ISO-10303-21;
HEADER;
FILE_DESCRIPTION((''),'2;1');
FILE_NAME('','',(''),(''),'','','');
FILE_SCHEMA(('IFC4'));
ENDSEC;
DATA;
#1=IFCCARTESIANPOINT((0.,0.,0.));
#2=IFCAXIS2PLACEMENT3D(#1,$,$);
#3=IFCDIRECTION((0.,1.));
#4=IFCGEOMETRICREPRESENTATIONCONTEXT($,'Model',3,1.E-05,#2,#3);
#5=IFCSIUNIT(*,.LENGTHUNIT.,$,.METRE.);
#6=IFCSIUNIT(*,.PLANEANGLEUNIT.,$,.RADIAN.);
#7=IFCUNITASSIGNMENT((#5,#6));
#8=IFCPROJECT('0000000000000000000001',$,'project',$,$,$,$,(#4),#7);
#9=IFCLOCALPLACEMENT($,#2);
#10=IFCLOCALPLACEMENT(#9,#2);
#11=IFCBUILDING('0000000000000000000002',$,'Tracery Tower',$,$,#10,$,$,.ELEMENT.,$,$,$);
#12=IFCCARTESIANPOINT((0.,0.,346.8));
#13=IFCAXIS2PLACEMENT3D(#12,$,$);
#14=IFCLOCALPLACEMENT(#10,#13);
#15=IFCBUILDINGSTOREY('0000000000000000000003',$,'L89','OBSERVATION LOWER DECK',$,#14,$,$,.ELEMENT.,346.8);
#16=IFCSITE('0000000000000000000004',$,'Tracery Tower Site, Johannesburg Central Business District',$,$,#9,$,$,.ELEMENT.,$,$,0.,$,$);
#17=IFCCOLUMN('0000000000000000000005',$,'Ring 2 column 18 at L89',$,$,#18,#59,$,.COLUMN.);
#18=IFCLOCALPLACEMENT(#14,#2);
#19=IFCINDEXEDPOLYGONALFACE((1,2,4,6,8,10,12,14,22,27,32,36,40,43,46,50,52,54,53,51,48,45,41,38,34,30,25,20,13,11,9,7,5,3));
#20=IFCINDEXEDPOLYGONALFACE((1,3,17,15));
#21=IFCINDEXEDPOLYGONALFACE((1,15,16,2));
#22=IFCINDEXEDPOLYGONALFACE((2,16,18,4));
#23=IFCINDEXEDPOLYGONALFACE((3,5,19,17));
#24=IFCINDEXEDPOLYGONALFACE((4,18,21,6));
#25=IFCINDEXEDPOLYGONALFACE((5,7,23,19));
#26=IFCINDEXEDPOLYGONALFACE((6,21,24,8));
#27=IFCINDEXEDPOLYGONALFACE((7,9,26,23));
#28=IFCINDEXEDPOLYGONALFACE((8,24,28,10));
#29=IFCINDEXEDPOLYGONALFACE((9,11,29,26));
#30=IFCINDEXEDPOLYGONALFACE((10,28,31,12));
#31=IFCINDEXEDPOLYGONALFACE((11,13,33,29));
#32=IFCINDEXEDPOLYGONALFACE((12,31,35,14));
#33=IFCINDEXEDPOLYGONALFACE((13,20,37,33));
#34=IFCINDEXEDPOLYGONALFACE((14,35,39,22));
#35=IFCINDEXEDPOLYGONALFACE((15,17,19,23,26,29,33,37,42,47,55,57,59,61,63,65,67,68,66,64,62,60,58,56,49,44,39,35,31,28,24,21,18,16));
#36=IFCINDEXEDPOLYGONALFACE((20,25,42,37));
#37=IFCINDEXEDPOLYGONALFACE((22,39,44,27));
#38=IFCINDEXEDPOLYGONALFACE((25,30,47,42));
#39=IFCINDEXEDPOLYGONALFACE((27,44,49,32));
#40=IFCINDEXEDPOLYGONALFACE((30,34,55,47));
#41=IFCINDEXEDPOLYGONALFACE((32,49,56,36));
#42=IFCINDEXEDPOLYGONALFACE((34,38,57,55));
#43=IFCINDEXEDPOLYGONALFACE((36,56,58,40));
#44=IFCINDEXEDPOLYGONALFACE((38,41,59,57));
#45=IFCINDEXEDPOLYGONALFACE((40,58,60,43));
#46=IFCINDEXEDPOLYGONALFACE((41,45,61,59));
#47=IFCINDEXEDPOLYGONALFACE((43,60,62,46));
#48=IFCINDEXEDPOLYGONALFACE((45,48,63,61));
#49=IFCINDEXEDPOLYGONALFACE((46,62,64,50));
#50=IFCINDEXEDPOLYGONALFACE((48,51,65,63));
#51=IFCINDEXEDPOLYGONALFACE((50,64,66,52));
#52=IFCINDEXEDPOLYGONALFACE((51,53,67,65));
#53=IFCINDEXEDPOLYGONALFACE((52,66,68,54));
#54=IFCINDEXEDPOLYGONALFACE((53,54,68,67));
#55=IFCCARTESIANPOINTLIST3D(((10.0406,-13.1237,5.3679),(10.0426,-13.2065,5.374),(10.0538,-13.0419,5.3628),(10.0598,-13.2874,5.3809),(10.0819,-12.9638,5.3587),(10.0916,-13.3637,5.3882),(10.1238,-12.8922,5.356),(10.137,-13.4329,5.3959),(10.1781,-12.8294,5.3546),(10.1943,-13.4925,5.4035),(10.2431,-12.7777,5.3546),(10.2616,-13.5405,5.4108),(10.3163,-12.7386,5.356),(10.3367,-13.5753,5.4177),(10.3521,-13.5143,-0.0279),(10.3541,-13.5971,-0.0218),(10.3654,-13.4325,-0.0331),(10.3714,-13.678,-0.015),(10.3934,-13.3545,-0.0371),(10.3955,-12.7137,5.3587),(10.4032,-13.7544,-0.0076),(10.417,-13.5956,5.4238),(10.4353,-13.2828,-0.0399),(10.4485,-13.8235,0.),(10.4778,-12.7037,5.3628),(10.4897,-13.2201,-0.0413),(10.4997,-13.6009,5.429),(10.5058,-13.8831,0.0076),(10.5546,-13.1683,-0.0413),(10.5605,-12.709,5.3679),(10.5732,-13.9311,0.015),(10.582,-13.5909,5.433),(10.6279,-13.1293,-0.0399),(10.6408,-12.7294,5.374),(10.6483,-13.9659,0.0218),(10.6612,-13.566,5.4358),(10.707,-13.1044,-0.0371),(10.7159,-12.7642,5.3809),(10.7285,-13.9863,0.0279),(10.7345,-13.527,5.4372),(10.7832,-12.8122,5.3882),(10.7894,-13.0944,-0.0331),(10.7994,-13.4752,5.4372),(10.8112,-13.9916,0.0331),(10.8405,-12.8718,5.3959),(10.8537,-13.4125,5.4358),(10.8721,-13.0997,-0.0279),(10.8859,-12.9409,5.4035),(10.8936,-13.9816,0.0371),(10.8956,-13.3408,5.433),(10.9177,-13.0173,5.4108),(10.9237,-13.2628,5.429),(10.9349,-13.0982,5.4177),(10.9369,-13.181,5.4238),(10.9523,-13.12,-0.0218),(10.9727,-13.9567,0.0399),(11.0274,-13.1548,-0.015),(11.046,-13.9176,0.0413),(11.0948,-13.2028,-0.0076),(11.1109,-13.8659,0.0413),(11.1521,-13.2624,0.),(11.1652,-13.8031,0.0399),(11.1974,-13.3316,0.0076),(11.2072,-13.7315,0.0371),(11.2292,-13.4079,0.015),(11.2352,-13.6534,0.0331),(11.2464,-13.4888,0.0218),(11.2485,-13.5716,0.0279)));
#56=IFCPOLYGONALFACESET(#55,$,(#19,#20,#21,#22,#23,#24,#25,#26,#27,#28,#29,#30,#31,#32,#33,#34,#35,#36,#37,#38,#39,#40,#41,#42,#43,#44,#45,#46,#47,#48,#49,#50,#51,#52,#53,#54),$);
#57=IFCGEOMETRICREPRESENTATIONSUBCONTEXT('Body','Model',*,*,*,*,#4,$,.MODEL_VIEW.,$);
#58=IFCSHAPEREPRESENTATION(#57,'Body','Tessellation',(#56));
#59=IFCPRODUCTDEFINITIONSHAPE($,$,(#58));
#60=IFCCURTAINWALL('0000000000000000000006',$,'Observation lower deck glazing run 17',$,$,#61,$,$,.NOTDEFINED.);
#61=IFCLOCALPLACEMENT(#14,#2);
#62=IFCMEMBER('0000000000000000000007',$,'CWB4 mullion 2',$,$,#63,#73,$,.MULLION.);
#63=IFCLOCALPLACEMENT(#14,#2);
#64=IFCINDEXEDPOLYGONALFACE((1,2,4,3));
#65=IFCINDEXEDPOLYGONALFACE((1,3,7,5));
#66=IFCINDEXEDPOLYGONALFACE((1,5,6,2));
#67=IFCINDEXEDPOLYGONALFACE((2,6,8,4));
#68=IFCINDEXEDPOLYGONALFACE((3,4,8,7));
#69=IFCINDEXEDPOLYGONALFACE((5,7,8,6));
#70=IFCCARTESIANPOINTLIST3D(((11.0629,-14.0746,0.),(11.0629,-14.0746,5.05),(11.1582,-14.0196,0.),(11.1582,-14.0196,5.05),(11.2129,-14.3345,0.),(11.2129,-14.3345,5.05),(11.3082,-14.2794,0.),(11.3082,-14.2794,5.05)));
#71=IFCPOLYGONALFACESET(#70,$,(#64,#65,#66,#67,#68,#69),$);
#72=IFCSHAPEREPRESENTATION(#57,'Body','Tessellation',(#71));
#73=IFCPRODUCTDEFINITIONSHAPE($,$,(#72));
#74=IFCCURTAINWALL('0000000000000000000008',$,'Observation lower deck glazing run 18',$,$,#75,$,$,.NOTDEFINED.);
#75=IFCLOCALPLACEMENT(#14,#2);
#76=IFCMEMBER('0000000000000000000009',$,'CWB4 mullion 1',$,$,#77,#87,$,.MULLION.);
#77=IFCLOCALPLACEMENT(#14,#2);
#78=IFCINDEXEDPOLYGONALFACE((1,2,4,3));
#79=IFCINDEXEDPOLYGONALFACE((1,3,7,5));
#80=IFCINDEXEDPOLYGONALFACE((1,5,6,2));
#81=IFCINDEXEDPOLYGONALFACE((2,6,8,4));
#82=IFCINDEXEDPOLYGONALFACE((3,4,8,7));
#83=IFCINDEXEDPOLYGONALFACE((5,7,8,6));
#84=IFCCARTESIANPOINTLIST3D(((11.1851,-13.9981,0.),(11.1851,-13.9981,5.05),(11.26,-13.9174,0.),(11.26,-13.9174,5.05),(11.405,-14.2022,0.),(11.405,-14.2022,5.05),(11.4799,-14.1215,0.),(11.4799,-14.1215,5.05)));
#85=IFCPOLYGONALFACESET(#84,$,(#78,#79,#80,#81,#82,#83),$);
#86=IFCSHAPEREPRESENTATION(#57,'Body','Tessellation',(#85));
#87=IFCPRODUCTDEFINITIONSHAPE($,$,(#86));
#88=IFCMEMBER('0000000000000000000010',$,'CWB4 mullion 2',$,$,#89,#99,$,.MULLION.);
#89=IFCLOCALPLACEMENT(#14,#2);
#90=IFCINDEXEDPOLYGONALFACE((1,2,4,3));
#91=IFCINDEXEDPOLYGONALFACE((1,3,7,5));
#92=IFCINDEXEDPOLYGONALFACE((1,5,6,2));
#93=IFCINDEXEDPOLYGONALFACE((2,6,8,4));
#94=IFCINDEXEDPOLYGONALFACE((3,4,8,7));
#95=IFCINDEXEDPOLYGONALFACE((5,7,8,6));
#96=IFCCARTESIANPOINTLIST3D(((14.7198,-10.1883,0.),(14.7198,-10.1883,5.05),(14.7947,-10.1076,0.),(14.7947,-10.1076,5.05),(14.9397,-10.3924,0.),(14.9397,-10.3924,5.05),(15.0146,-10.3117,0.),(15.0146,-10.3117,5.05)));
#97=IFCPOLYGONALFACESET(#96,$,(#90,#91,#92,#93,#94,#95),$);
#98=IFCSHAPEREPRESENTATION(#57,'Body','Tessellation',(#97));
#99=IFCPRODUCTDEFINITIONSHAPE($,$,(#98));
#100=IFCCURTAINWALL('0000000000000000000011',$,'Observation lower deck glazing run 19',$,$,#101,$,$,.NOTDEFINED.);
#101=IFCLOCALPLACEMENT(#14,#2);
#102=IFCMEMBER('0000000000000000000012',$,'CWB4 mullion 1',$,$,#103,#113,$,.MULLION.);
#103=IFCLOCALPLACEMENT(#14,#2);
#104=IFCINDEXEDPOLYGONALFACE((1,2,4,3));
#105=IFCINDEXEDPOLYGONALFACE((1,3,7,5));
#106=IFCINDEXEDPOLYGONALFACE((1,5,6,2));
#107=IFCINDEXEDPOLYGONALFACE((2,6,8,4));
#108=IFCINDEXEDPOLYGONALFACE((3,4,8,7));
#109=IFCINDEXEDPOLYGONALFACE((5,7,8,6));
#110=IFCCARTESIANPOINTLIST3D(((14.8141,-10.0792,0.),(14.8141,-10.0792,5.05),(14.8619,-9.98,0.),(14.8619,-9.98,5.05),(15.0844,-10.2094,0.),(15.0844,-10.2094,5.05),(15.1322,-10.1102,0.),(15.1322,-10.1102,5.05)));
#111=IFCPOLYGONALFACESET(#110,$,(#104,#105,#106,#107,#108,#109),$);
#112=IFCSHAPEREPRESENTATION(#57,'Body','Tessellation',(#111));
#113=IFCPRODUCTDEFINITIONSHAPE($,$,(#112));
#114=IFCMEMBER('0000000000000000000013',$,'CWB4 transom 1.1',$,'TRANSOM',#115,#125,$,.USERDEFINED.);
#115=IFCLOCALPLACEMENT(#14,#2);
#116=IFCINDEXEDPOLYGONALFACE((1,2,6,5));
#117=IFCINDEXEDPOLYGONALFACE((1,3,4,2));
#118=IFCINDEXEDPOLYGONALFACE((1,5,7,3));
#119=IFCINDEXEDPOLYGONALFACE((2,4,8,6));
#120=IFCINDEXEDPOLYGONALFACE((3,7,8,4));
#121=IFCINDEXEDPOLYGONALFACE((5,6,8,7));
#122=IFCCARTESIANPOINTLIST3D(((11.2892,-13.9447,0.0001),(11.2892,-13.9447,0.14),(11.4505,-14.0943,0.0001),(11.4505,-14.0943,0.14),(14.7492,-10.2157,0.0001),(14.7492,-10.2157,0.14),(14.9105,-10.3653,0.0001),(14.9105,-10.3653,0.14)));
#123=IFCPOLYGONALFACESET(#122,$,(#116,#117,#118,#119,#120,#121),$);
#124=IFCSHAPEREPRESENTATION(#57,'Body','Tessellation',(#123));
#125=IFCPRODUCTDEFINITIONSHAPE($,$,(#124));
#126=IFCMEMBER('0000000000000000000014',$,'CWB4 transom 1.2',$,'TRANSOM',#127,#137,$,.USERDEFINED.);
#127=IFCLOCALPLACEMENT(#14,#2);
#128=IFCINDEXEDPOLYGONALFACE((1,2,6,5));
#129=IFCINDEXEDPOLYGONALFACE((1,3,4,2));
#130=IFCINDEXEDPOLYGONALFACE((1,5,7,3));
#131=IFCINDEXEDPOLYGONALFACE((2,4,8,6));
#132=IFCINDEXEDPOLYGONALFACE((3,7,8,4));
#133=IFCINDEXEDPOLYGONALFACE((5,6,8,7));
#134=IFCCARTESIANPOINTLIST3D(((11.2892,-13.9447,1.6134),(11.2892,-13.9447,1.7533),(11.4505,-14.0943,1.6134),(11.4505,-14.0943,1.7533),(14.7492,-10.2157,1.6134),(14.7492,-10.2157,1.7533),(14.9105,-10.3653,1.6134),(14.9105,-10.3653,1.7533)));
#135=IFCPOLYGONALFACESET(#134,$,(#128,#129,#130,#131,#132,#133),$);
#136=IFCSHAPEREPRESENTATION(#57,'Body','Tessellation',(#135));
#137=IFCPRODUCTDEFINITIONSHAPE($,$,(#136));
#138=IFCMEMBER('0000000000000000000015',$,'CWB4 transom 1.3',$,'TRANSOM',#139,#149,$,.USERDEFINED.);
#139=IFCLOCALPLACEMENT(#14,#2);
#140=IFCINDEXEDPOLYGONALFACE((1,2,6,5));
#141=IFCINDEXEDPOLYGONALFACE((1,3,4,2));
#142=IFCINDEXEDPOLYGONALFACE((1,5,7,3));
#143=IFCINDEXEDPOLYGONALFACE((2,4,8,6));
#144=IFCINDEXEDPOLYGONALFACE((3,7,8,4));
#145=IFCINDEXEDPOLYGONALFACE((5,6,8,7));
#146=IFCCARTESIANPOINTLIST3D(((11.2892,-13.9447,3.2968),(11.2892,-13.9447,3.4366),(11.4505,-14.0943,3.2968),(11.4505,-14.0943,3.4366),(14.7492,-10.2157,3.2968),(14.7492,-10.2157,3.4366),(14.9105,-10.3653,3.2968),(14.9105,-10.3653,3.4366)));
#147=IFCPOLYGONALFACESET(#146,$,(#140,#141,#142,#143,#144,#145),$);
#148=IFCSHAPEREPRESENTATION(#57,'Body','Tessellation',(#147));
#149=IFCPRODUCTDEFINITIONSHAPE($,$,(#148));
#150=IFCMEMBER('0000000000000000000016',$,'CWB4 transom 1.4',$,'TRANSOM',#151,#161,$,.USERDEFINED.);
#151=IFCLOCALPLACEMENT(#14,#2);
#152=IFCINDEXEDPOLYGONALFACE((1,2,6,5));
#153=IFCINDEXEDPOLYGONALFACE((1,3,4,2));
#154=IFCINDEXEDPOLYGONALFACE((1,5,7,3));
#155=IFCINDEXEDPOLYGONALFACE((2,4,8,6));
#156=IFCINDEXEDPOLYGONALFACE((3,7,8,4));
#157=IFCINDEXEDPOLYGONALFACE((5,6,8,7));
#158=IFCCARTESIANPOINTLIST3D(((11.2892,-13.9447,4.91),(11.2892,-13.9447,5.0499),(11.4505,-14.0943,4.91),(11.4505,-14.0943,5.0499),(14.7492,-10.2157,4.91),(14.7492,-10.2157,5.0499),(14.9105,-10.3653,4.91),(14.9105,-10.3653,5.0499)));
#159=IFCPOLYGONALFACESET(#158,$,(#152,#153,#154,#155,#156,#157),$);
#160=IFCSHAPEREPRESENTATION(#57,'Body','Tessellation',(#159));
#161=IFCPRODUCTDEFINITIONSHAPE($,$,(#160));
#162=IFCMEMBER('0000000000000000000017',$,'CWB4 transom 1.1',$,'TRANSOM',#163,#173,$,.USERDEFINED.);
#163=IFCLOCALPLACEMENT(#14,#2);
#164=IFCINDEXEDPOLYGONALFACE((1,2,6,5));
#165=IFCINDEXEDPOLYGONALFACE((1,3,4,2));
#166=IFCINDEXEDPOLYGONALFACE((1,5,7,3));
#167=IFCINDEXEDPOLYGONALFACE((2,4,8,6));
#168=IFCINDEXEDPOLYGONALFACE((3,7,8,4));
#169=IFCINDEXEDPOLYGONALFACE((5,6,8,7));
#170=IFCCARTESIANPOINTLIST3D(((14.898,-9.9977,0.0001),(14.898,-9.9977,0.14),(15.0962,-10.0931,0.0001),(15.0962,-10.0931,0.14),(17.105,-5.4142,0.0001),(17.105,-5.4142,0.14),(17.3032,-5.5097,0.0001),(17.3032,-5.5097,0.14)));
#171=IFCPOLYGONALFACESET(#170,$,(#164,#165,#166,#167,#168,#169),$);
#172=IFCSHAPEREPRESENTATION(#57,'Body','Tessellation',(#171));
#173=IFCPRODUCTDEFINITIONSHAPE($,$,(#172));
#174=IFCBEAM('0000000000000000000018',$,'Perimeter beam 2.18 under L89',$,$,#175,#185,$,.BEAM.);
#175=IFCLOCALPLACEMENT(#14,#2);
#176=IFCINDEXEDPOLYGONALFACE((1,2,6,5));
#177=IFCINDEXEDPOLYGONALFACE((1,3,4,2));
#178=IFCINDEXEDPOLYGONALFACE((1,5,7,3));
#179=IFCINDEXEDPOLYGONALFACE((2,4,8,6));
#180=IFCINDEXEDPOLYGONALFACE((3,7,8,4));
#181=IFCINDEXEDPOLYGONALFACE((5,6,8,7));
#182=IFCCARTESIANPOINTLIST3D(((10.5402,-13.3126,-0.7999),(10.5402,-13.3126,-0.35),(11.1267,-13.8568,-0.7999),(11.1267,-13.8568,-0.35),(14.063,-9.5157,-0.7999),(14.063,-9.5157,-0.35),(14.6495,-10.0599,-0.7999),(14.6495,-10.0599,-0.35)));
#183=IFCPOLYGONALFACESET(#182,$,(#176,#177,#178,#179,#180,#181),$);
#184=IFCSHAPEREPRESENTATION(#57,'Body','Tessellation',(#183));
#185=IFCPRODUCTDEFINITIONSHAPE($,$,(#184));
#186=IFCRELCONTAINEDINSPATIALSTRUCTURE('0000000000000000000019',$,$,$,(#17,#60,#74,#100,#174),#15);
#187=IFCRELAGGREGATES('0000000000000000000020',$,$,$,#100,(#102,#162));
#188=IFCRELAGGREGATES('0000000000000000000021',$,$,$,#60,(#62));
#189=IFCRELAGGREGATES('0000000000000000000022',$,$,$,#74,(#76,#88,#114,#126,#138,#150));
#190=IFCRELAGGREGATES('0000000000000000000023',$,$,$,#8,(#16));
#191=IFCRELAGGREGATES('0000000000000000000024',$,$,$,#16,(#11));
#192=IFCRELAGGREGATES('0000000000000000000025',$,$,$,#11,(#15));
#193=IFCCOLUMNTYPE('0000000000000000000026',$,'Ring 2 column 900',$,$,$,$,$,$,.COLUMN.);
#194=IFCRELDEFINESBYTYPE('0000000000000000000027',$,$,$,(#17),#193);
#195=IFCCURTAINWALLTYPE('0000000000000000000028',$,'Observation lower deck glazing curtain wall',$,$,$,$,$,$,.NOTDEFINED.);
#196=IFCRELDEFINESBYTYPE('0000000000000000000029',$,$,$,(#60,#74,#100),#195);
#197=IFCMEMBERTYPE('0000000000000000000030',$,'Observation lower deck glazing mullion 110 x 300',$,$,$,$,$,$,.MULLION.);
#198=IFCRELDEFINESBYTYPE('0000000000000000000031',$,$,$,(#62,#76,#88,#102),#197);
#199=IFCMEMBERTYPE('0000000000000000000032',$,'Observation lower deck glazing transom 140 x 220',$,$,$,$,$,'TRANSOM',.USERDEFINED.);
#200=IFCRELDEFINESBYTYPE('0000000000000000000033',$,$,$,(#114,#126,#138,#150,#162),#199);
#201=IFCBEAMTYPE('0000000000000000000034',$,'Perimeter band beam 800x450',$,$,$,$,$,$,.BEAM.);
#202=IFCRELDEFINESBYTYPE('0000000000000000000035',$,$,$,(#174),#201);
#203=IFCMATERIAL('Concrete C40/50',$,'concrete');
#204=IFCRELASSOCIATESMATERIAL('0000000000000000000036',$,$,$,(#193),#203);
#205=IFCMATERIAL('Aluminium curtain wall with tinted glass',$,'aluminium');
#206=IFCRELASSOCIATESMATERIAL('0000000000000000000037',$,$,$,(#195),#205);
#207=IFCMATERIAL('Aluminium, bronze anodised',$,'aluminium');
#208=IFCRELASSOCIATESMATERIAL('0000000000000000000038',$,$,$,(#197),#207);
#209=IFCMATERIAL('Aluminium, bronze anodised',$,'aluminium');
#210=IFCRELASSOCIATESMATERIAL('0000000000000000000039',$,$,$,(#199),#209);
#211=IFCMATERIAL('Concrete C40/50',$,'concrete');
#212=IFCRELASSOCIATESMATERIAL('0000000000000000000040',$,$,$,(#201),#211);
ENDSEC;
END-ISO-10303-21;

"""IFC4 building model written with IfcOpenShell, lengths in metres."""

from ifc_helpers import new_model, si_unit, direction, frame, origin, origin_2d, place, context, subcontext, project, spatial, rectangle, circle, extrude, material, material_profile, profile_set, type_object, element, aggregate, save


model = new_model("IFC4")

# Units and contexts
model_context = context("Model", 3, precision=1e-05, world=origin(), true_north=direction((0.0, 1.0)))
body_context = subcontext(model_context, "Body", "Model", "MODEL_VIEW")
ifc_project = project(units=[si_unit("LENGTHUNIT", "METRE"), si_unit("PLANEANGLEUNIT", "RADIAN")], contexts=[model_context])

# Site, building, storey
site_placement = place(None, origin())
site = spatial("IfcSite", under=ifc_project, at=site_placement, Name="Tracery Tower Site, Johannesburg Central Business District", CompositionType="ELEMENT", RefElevation=0.0)
building_placement = place(site_placement, origin())
building = spatial("IfcBuilding", under=site, at=building_placement, Name="Tracery Tower", CompositionType="ELEMENT")
storey_placement = place(building_placement, frame((0.0, 0.0, 346.8)))
storey = spatial("IfcBuildingStorey", under=building, at=storey_placement, Name="L89", Description="OBSERVATION LOWER DECK", CompositionType="ELEMENT", Elevation=346.8)

# Column
ifc_material_1 = material(Name="Concrete C40/50", Category="concrete")
ifc_material_profile_1 = material_profile(ifc_material_1, circle(Radius=0.45, at=origin_2d()), Name="RC D900")
ifc_profile_set_1 = profile_set([ifc_material_profile_1], Name="Concrete C40/50")
column_type = type_object("IfcColumnType", Name="Ring 2 column 900", PredefinedType="COLUMN", material=ifc_profile_set_1)
column_placement = place(storey_placement, frame((10.8003, -13.543, 0.0), z_axis=(-0.057489, 0.072087, 0.99574), x_axis=(-0.781821, -0.623503, 0.0)))
element("IfcColumn", 1, at=column_placement, inside=storey, type_object=column_type, Name="Ring 2 column 18 at L89", PredefinedType="COLUMN", context=body_context, shape_type="SweptSolid", body=[
    extrude(circle(Radius=0.45, at=origin_2d()), origin(), (0.0, 0.0, 1.0), 5.4189),
])

# Curtain wall, member
ifc_material_2 = material(Name="Aluminium curtain wall with tinted glass", Category="aluminium")
curtain_wall_type = type_object("IfcCurtainWallType", Name="Observation lower deck glazing curtain wall", PredefinedType="NOTDEFINED", material=ifc_material_2)
curtain_wall_1_placement = place(storey_placement, origin())
curtain_wall_1 = element("IfcCurtainWall", 2, at=curtain_wall_1_placement, inside=storey, type_object=curtain_wall_type, Name="Observation lower deck glazing run 17", PredefinedType="NOTDEFINED")
ifc_material_3 = material(Name="Aluminium, bronze anodised", Category="aluminium")
ifc_material_profile_2 = material_profile(ifc_material_3, rectangle(XDim=0.3, YDim=0.1101, at=origin_2d()), Name="Observation lower deck glazing mullion 110 x 300")
ifc_profile_set_2 = profile_set([ifc_material_profile_2], Name="Aluminium, bronze anodised")
member_type_1 = type_object("IfcMemberType", Name="Observation lower deck glazing mullion 110 x 300", PredefinedType="MULLION", material=ifc_profile_set_2)
member_1_placement = place(storey_placement, frame((11.1855, -14.177, 0.0), z_axis=(0.0, 0.0, 1.0), x_axis=(-0.5, 0.866026, 0.0)))
member_1 = element("IfcMember", 3, at=member_1_placement, type_object=member_type_1, Name="CWB4 mullion 2", PredefinedType="MULLION", context=body_context, shape_type="SweptSolid", body=[
    extrude(rectangle(XDim=0.3, YDim=0.1101, at=origin_2d()), origin(), (0.0, 0.0, 1.0), 5.05),
])

# Curtain wall, members
curtain_wall_2_placement = place(storey_placement, origin())
curtain_wall_2 = element("IfcCurtainWall", 4, at=curtain_wall_2_placement, inside=storey, type_object=curtain_wall_type, Name="Observation lower deck glazing run 18", PredefinedType="NOTDEFINED")
member_2_placement = place(storey_placement, frame((11.3325, -14.0598, 0.0), z_axis=(0.0, 0.0, 1.0), x_axis=(-0.733049, 0.680176, 0.0)))
member_2 = element("IfcMember", 5, at=member_2_placement, type_object=member_type_1, Name="CWB4 mullion 1", PredefinedType="MULLION", context=body_context, shape_type="SweptSolid", body=[
    extrude(rectangle(XDim=0.3, YDim=0.1101, at=origin_2d()), origin(), (0.0, 0.0, 1.0), 5.05),
])
member_3_placement = place(storey_placement, frame((14.8672, -10.25, 0.0), z_axis=(0.0, 0.0, 1.0), x_axis=(-0.733049, 0.680176, 0.0)))
member_3 = element("IfcMember", 6, at=member_3_placement, type_object=member_type_1, Name="CWB4 mullion 2", PredefinedType="MULLION", context=body_context, shape_type="SweptSolid", body=[
    extrude(rectangle(XDim=0.3, YDim=0.1101, at=origin_2d()), origin(), (0.0, 0.0, 1.0), 5.05),
])

# Curtain wall, member
curtain_wall_3_placement = place(storey_placement, origin())
curtain_wall_3 = element("IfcCurtainWall", 7, at=curtain_wall_3_placement, inside=storey, type_object=curtain_wall_type, Name="Observation lower deck glazing run 19", PredefinedType="NOTDEFINED")
member_4_placement = place(storey_placement, frame((14.9731, -10.0947, 0.0), z_axis=(0.0, 0.0, 1.0), x_axis=(-0.900972, 0.433876, 0.0)))
member_4 = element("IfcMember", 8, at=member_4_placement, type_object=member_type_1, Name="CWB4 mullion 1", PredefinedType="MULLION", context=body_context, shape_type="SweptSolid", body=[
    extrude(rectangle(XDim=0.3, YDim=0.1101, at=origin_2d()), origin(), (0.0, 0.0, 1.0), 5.05),
])

# Members
ifc_material_4 = material(Name="Aluminium, bronze anodised", Category="aluminium")
ifc_material_profile_3 = material_profile(ifc_material_4, rectangle(XDim=0.22, YDim=0.1399, at=origin_2d()), Name="Observation lower deck glazing transom 140 x 220")
ifc_profile_set_3 = profile_set([ifc_material_profile_3], Name="Aluminium, bronze anodised")
member_type_2 = type_object("IfcMemberType", Name="Observation lower deck glazing transom 140 x 220", ElementType="TRANSOM", PredefinedType="USERDEFINED", material=ifc_profile_set_3)
member_5_placement = place(storey_placement, frame((11.3699, -14.0195, 0.0701), z_axis=(0.680168, 0.733057, 0.0), x_axis=(-0.733057, 0.680168, 0.0)))
member_5 = element("IfcMember", 9, at=member_5_placement, type_object=member_type_2, Name="CWB4 transom 1.1", ObjectType="TRANSOM", PredefinedType="USERDEFINED", context=body_context, shape_type="SweptSolid", body=[
    extrude(rectangle(XDim=0.22, YDim=0.1399, at=origin_2d()), origin(), (0.0, 0.0, 1.0), 5.0869),
])
member_6_placement = place(storey_placement, frame((11.3699, -14.0195, 1.6833), z_axis=(0.680168, 0.733057, 0.0), x_axis=(-0.733057, 0.680168, 0.0)))
member_6 = element("IfcMember", 10, at=member_6_placement, type_object=member_type_2, Name="CWB4 transom 1.2", ObjectType="TRANSOM", PredefinedType="USERDEFINED", context=body_context, shape_type="SweptSolid", body=[
    extrude(rectangle(XDim=0.22, YDim=0.1399, at=origin_2d()), origin(), (0.0, 0.0, 1.0), 5.0869),
])
member_7_placement = place(storey_placement, frame((11.3699, -14.0195, 3.3667), z_axis=(0.680168, 0.733057, 0.0), x_axis=(-0.733057, 0.680168, 0.0)))
member_7 = element("IfcMember", 11, at=member_7_placement, type_object=member_type_2, Name="CWB4 transom 1.3", ObjectType="TRANSOM", PredefinedType="USERDEFINED", context=body_context, shape_type="SweptSolid", body=[
    extrude(rectangle(XDim=0.22, YDim=0.1399, at=origin_2d()), origin(), (0.0, 0.0, 1.0), 5.0869),
])
member_8_placement = place(storey_placement, frame((11.3699, -14.0195, 4.98), z_axis=(0.680168, 0.733057, 0.0), x_axis=(-0.733057, 0.680168, 0.0)))
member_8 = element("IfcMember", 12, at=member_8_placement, type_object=member_type_2, Name="CWB4 transom 1.4", ObjectType="TRANSOM", PredefinedType="USERDEFINED", context=body_context, shape_type="SweptSolid", body=[
    extrude(rectangle(XDim=0.22, YDim=0.1399, at=origin_2d()), origin(), (0.0, 0.0, 1.0), 5.0869),
])
member_9_placement = place(storey_placement, frame((14.9971, -10.0454, 0.0701), z_axis=(0.433842, 0.900989, 0.0), x_axis=(-0.900989, 0.433842, 0.0)))
member_9 = element("IfcMember", 13, at=member_9_placement, type_object=member_type_2, Name="CWB4 transom 1.1", ObjectType="TRANSOM", PredefinedType="USERDEFINED", context=body_context, shape_type="SweptSolid", body=[
    extrude(rectangle(XDim=0.22, YDim=0.1399, at=origin_2d()), origin(), (0.0, 0.0, 1.0), 5.0872),
])
aggregate(curtain_wall_3, [member_4, member_9])

# Beam
ifc_material_5 = material(Name="Concrete C40/50", Category="concrete")
ifc_material_profile_4 = material_profile(ifc_material_5, rectangle(XDim=0.8, YDim=0.45, at=origin_2d()), Name="RC 800x450")
ifc_profile_set_4 = profile_set([ifc_material_profile_4], Name="Concrete C40/50")
beam_type = type_object("IfcBeamType", Name="Perimeter band beam 800x450", PredefinedType="BEAM", material=ifc_profile_set_4)
beam_placement = place(storey_placement, frame((10.8335, -13.5847, -0.575), z_axis=(0.680144, 0.733079, 0.0), x_axis=(-0.733079, 0.680144, 0.0)))
element("IfcBeam", 14, at=beam_placement, inside=storey, type_object=beam_type, Name="Perimeter beam 2.18 under L89", PredefinedType="BEAM", context=body_context, shape_type="SweptSolid", body=[
    extrude(rectangle(XDim=0.8, YDim=0.45, at=origin_2d()), origin(), (0.0, 0.0, 1.0), 5.1794),
])

aggregate(curtain_wall_1, [member_1])
aggregate(curtain_wall_2, [member_2, member_3, member_5, member_6, member_7, member_8])

save(model, "model.ifc")
